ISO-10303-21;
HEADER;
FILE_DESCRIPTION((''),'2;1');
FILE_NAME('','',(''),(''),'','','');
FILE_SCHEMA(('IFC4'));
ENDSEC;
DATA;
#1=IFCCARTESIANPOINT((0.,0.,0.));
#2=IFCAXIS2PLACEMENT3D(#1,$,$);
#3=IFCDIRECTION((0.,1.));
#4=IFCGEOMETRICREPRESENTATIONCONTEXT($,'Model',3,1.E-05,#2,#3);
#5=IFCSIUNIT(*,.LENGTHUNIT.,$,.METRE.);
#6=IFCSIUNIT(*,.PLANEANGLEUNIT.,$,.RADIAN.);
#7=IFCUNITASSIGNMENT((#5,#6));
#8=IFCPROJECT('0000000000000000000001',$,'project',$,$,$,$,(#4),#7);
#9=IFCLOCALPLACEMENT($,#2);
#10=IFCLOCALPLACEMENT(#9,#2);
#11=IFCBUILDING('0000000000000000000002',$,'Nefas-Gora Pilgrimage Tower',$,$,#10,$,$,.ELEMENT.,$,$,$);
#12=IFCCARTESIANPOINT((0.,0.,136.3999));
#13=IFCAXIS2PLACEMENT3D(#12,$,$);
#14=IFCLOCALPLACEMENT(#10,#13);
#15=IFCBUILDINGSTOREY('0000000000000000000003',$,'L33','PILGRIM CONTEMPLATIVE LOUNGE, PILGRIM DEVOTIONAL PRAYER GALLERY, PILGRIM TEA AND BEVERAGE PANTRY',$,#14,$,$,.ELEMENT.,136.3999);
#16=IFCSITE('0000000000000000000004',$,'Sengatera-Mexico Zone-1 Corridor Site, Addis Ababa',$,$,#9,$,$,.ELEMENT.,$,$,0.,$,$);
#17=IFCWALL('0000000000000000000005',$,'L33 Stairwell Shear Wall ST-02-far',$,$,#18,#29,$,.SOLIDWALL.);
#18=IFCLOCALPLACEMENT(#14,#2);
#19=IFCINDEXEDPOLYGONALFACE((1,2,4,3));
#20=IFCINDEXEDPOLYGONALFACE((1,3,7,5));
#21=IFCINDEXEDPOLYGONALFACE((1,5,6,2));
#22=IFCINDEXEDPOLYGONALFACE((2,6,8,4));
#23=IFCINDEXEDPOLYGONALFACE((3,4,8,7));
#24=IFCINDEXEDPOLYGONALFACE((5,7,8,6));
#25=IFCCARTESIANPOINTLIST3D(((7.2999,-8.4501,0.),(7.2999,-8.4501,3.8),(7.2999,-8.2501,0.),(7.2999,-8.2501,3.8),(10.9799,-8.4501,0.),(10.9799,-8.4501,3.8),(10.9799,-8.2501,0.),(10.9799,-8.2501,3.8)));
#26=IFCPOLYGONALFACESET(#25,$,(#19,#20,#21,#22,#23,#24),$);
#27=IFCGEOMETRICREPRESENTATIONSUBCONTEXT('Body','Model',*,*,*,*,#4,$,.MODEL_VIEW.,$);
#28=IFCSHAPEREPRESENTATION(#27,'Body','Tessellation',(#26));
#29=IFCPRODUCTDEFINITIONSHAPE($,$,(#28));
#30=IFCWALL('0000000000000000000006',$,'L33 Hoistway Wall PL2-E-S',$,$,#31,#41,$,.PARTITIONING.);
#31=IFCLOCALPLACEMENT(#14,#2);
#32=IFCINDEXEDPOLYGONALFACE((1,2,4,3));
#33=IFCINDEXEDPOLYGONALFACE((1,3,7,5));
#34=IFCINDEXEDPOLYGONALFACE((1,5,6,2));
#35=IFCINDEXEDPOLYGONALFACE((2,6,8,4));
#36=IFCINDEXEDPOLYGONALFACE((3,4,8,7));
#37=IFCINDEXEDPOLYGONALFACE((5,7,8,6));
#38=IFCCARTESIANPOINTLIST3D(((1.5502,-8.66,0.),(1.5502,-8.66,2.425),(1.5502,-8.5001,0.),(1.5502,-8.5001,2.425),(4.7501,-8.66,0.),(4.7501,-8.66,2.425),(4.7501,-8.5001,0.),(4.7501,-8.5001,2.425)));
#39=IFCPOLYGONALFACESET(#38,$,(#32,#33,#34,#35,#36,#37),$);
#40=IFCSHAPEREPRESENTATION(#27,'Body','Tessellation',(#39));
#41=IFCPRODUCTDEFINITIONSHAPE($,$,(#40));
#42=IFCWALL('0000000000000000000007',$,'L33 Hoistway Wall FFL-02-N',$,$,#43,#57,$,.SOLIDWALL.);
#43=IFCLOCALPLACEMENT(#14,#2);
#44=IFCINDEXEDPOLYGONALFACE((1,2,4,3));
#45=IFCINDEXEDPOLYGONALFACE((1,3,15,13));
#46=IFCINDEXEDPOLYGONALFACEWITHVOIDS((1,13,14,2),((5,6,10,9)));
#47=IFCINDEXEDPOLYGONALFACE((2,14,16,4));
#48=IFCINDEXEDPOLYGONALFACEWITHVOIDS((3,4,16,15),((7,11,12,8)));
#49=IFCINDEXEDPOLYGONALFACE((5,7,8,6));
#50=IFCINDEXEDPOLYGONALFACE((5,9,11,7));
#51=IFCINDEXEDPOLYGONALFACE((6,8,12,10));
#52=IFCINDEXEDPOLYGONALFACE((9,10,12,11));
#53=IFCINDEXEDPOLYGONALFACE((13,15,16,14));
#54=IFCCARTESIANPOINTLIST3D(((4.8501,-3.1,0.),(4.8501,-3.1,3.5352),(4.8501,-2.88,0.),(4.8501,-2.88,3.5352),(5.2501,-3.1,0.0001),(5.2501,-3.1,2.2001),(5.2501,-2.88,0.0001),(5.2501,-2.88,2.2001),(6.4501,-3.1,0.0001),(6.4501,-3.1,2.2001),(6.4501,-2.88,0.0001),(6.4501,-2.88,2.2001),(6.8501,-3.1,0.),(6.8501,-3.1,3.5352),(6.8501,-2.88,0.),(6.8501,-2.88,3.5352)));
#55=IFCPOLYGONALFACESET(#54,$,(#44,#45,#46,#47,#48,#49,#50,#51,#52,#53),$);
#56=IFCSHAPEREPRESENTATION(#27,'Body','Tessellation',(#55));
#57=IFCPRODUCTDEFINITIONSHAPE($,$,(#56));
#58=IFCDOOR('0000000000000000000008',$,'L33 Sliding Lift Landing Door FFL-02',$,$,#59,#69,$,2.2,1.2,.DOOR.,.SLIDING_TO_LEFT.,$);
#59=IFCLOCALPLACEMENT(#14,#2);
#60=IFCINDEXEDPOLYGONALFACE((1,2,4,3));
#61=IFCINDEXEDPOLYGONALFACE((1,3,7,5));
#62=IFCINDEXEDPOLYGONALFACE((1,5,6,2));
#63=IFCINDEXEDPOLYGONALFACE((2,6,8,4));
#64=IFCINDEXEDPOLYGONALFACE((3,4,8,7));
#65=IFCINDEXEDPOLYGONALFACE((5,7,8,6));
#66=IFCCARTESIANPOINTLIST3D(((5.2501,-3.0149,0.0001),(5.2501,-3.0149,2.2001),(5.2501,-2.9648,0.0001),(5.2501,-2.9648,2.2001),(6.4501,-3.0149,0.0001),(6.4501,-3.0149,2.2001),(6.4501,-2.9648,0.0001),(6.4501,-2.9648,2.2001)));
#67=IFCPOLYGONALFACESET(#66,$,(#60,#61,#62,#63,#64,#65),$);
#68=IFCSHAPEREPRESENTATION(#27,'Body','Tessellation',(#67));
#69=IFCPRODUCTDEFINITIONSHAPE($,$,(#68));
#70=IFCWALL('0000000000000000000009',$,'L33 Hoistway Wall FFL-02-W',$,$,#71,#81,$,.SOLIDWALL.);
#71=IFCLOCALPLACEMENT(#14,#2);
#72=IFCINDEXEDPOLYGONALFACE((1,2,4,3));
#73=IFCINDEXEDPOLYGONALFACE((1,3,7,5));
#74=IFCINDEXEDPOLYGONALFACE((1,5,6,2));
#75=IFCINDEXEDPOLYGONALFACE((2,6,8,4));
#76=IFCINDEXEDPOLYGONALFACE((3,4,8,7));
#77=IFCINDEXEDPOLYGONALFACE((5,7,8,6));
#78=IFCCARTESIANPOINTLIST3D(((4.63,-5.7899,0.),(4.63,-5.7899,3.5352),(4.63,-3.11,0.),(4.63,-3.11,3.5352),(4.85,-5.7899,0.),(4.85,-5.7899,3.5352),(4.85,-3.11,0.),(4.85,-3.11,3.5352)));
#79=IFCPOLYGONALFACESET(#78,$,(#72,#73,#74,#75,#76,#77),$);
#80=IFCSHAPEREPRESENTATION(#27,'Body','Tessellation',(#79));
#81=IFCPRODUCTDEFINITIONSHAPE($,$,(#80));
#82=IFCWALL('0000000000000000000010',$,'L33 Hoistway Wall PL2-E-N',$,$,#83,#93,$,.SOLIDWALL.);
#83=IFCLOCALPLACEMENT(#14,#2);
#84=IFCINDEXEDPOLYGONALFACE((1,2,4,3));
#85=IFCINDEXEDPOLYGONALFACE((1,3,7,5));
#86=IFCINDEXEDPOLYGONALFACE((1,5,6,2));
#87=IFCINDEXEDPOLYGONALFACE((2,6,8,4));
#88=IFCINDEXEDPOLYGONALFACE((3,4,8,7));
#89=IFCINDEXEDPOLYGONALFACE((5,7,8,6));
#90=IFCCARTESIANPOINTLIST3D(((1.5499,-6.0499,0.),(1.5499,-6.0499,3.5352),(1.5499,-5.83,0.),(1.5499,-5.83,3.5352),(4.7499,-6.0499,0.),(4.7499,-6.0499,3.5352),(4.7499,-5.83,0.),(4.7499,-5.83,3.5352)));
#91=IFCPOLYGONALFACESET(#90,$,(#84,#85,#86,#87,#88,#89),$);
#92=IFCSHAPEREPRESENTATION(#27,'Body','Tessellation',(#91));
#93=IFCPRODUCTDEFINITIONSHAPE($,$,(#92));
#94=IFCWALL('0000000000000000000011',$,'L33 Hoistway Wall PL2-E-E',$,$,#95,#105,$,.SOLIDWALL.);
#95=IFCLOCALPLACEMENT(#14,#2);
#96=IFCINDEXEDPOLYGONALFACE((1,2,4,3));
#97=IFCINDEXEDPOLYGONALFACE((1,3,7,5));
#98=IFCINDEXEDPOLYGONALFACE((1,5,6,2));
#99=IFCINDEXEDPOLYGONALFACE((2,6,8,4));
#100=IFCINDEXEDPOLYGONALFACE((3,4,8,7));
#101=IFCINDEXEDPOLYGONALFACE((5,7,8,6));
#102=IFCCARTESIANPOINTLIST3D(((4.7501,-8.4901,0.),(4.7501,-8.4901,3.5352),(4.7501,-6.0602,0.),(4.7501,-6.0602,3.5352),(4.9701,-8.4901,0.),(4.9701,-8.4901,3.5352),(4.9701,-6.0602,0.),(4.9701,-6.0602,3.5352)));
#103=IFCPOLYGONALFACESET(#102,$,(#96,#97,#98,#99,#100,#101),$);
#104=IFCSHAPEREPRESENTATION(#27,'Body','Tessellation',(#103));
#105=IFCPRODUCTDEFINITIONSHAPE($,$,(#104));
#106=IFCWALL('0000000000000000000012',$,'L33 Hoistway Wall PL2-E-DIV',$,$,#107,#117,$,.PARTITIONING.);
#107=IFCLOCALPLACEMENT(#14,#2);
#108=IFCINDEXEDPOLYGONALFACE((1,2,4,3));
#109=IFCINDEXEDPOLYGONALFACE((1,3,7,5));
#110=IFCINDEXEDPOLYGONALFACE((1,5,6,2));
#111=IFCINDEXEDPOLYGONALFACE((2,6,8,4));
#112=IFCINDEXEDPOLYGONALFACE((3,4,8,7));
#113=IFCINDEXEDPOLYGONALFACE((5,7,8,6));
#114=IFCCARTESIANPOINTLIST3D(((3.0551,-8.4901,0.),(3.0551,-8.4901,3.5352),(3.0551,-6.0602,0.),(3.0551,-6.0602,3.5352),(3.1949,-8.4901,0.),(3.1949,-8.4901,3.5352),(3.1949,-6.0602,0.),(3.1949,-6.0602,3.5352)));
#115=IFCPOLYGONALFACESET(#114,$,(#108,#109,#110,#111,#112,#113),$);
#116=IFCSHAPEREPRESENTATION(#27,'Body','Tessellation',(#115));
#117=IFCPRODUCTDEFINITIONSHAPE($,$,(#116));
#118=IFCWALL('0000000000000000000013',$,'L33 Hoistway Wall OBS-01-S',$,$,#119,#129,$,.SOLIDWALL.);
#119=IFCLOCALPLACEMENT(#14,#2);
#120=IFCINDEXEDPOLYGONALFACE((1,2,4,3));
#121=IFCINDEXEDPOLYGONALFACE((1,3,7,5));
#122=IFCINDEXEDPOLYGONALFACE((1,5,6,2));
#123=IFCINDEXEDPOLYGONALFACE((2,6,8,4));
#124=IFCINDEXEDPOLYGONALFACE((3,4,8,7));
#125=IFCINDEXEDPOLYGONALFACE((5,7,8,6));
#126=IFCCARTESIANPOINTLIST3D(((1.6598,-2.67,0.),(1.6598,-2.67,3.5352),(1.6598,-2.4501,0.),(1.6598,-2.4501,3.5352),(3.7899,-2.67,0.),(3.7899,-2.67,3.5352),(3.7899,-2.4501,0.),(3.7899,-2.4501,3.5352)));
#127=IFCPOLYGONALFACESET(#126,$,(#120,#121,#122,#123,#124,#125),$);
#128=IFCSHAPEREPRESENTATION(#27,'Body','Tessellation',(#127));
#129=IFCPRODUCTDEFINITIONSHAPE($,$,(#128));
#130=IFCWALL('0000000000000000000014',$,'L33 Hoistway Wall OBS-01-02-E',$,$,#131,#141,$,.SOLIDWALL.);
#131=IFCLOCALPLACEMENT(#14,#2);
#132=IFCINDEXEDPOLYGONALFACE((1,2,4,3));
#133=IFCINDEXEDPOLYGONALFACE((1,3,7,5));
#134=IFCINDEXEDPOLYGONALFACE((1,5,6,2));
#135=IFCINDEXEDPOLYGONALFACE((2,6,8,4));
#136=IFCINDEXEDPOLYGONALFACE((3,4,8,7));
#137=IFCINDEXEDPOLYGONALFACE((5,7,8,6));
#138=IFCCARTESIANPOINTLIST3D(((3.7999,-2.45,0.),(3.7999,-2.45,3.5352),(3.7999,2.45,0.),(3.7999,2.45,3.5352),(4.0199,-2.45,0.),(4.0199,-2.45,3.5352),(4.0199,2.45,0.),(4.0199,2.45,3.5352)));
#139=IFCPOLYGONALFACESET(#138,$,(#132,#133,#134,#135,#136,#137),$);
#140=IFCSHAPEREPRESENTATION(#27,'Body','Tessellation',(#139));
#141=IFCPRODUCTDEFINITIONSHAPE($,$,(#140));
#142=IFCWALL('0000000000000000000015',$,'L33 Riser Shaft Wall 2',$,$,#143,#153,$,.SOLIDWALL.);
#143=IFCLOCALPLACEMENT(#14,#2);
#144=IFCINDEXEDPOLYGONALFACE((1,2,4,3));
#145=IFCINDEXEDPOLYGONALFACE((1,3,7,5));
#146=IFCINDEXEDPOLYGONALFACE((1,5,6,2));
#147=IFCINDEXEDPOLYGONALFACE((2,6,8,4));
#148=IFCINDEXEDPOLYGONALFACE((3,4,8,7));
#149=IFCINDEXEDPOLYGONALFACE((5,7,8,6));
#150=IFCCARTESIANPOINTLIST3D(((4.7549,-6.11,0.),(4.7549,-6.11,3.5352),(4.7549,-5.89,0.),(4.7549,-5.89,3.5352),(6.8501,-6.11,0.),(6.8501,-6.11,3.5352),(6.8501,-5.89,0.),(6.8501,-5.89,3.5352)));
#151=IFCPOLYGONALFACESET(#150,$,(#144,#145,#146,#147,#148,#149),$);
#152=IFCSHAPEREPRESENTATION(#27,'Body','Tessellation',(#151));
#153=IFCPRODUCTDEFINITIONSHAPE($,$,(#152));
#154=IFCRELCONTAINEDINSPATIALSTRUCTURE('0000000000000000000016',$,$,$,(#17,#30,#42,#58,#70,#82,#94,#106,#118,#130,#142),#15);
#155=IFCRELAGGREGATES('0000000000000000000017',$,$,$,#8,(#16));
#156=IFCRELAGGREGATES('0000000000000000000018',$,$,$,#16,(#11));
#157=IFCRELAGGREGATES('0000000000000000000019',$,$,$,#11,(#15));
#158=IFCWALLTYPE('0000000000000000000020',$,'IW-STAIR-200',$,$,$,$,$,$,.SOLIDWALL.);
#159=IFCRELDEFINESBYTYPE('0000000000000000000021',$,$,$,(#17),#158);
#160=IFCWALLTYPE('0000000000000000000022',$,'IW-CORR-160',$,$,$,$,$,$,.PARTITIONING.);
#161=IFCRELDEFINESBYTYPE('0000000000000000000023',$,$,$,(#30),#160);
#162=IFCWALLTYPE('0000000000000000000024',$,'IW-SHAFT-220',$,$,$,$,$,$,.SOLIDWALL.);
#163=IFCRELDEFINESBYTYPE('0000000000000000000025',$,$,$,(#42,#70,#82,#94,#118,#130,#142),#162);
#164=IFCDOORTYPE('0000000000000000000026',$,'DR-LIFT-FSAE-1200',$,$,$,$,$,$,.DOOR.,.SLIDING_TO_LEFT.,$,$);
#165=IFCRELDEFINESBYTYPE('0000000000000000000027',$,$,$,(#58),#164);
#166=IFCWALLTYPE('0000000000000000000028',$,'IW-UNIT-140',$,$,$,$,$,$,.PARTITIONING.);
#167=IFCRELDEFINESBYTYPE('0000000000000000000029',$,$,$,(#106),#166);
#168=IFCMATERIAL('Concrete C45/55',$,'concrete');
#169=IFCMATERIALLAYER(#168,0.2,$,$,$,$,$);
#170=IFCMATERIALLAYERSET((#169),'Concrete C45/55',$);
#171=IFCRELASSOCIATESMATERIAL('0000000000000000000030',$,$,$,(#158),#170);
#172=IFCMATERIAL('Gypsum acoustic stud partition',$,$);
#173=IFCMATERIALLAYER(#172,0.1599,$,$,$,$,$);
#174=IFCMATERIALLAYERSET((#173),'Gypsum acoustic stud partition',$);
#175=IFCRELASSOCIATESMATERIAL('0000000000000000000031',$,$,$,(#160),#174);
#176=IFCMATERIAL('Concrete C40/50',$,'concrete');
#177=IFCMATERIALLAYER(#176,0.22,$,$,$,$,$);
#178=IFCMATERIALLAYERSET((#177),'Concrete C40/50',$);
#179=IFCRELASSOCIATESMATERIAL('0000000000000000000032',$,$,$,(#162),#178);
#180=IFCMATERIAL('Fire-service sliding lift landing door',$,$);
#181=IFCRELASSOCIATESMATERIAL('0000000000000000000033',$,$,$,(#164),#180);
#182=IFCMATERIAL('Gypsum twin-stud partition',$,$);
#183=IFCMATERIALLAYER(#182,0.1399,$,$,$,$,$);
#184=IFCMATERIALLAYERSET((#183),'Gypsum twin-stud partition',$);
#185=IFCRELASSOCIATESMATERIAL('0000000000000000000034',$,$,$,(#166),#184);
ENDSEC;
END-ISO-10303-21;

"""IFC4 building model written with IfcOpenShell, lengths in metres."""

from ifc_helpers import new_model, si_unit, direction, frame, frame_2d, origin, place, context, subcontext, project, spatial, rectangle, extrude, source, transform, mapped, material, layer, layer_set, type_object, element, fill, save


model = new_model("IFC4")

# Units and contexts
model_context = context("Model", 3, precision=1e-05, world=origin(), true_north=direction((0.0, 1.0)))
body_context = subcontext(model_context, "Body", "Model", "MODEL_VIEW")
ifc_project = project(units=[si_unit("LENGTHUNIT", "METRE"), si_unit("PLANEANGLEUNIT", "RADIAN")], contexts=[model_context])

# Site, building, storey
site_placement = place(None, origin())
site = spatial("IfcSite", under=ifc_project, at=site_placement, Name="Sengatera-Mexico Zone-1 Corridor Site, Addis Ababa", CompositionType="ELEMENT", RefElevation=0.0)
building_placement = place(site_placement, origin())
building = spatial("IfcBuilding", under=site, at=building_placement, Name="Nefas-Gora Pilgrimage Tower", CompositionType="ELEMENT")
storey_placement = place(building_placement, frame((0.0, 0.0, 136.3999)))
storey = spatial("IfcBuildingStorey", under=building, at=storey_placement, Name="L33", Description="PILGRIM CONTEMPLATIVE LOUNGE, PILGRIM DEVOTIONAL PRAYER GALLERY, PILGRIM TEA AND BEVERAGE PANTRY", CompositionType="ELEMENT", Elevation=136.3999)

# Walls
ifc_material_1 = material(Name="Concrete C45/55", Category="concrete")
ifc_layer_1 = layer(ifc_material_1, 0.2)
ifc_layer_set_1 = layer_set([ifc_layer_1], Name="Concrete C45/55")
wall_type_1 = type_object("IfcWallType", Name="IW-STAIR-200", PredefinedType="SOLIDWALL", material=ifc_layer_set_1)
shared_shape_1 = source(origin(), body_context, "Body", "SweptSolid", [
    extrude(rectangle(XDim=3.6799, YDim=0.2, at=frame_2d((1.8398, 0.0))), origin(), (0.0, 0.0, 1.0), 3.8),
])
wall_1_placement = place(storey_placement, frame((7.3, -8.3501, 0.0), z_axis=(0.0, 0.0, 1.0), x_axis=(1.0, 0.0, 0.0)))
element("IfcWall", 1, at=wall_1_placement, inside=storey, type_object=wall_type_1, Name="L33 Stairwell Shear Wall ST-02-far", PredefinedType="SOLIDWALL", context=body_context, shape_type="MappedRepresentation", body=[
    mapped(shared_shape_1, transform((0.0, 0.0, 0.0), x_axis=(1.0, 0.0, 0.0), y_axis=(0.0, 1.0, 0.0), z_axis=(0.0, 0.0, 1.0), scale=1.0)),
])
ifc_material_2 = material(Name="Gypsum acoustic stud partition")
ifc_layer_2 = layer(ifc_material_2, 0.1599)
ifc_layer_set_2 = layer_set([ifc_layer_2], Name="Gypsum acoustic stud partition")
wall_type_2 = type_object("IfcWallType", Name="IW-CORR-160", PredefinedType="PARTITIONING", material=ifc_layer_set_2)
shared_shape_2 = source(origin(), body_context, "Body", "SweptSolid", [
    extrude(rectangle(XDim=3.2, YDim=0.1599, at=frame_2d((1.6001, 0.0))), origin(), (0.0, 0.0, 1.0), 2.425),
])
wall_2_placement = place(storey_placement, frame((1.55, -8.5801, 0.0), z_axis=(0.0, 0.0, 1.0), x_axis=(1.0, 0.0, 0.0)))
element("IfcWall", 2, at=wall_2_placement, inside=storey, type_object=wall_type_2, Name="L33 Hoistway Wall PL2-E-S", PredefinedType="PARTITIONING", context=body_context, shape_type="MappedRepresentation", body=[
    mapped(shared_shape_2, transform((0.0, 0.0, 0.0), x_axis=(1.0, 0.0, 0.0), y_axis=(0.0, 1.0, 0.0), z_axis=(0.0, 0.0, 1.0), scale=1.0)),
])

# Wall, opening, door
ifc_material_3 = material(Name="Concrete C40/50", Category="concrete")
ifc_layer_3 = layer(ifc_material_3, 0.22)
ifc_layer_set_3 = layer_set([ifc_layer_3], Name="Concrete C40/50")
wall_type_3 = type_object("IfcWallType", Name="IW-SHAFT-220", PredefinedType="SOLIDWALL", material=ifc_layer_set_3)
shared_shape_3 = source(origin(), body_context, "Body", "SweptSolid", [
    extrude(rectangle(XDim=2.0, YDim=0.22, at=frame_2d((1.0, 0.0))), origin(), (0.0, 0.0, 1.0), 3.5352),
])
wall_3_placement = place(storey_placement, frame((6.8501, -2.99, 0.0), z_axis=(0.0, 0.0, 1.0), x_axis=(-1.0, 0.0, 0.0)))
wall_3 = element("IfcWall", 3, at=wall_3_placement, inside=storey, type_object=wall_type_3, Name="L33 Hoistway Wall FFL-02-N", PredefinedType="SOLIDWALL", context=body_context, shape_type="MappedRepresentation", body=[
    mapped(shared_shape_3, transform((0.0, 0.0, 0.0), x_axis=(1.0, 0.0, 0.0), y_axis=(0.0, 1.0, 0.0), z_axis=(0.0, 0.0, 1.0), scale=1.0)),
])
opening_1_placement = place(wall_3_placement, frame((0.3999, 0.0, 0.0)))
opening_1 = element("IfcOpeningElement", 4, at=opening_1_placement, cuts=wall_3, PredefinedType="OPENING", context=body_context, shape_type="SweptSolid", body=[
    extrude(rectangle(XDim=1.2, YDim=2.2, at=frame_2d((0.6001, 1.1001))), frame((0.0, 0.1199, 0.0), z_axis=(0.0, -1.0, 0.0), x_axis=(1.0, 0.0, 0.0)), (0.0, 0.0, 1.0), 0.24),
])
ifc_material_4 = material(Name="Fire-service sliding lift landing door")
door_type_1 = type_object("IfcDoorType", Name="DR-LIFT-FSAE-1200", OperationType="SLIDING_TO_LEFT", PredefinedType="DOOR", material=ifc_material_4)
shared_shape_4 = source(origin(), body_context, "Body", "SweptSolid", [
    extrude(rectangle(XDim=1.2, YDim=2.2, at=frame_2d((0.6001, 1.1001))), frame((0.0, 0.0249, 0.0), z_axis=(0.0, -1.0, 0.0), x_axis=(1.0, 0.0, 0.0)), (0.0, 0.0, 1.0), 0.05),
])
door_1_placement = place(opening_1_placement, origin())
door_1 = element("IfcDoor", 5, at=door_1_placement, inside=storey, type_object=door_type_1, Name="L33 Sliding Lift Landing Door FFL-02", OperationType="SLIDING_TO_LEFT", OverallHeight=2.2, OverallWidth=1.2, PredefinedType="DOOR", context=body_context, shape_type="MappedRepresentation", body=[
    mapped(shared_shape_4, transform((0.0, 0.0, 0.0), x_axis=(1.0, 0.0, 0.0), y_axis=(0.0, 1.0, 0.0), z_axis=(0.0, 0.0, 1.0), scale=1.0)),
])
fill(opening_1, door_1)

# Walls
shared_shape_5 = source(origin(), body_context, "Body", "SweptSolid", [
    extrude(rectangle(XDim=2.6799, YDim=0.22, at=frame_2d((1.3398, 0.0))), origin(), (0.0, 0.0, 1.0), 3.5352),
])
wall_4_placement = place(storey_placement, frame((4.74, -3.1101, 0.0), z_axis=(0.0, 0.0, 1.0), x_axis=(0.0, -1.0, 0.0)))
element("IfcWall", 6, at=wall_4_placement, inside=storey, type_object=wall_type_3, Name="L33 Hoistway Wall FFL-02-W", PredefinedType="SOLIDWALL", context=body_context, shape_type="MappedRepresentation", body=[
    mapped(shared_shape_5, transform((0.0, 0.0, 0.0), x_axis=(1.0, 0.0, 0.0), y_axis=(0.0, 1.0, 0.0), z_axis=(0.0, 0.0, 1.0), scale=1.0)),
])
shared_shape_6 = source(origin(), body_context, "Body", "SweptSolid", [
    extrude(rectangle(XDim=3.2, YDim=0.22, at=frame_2d((1.6001, 0.0))), origin(), (0.0, 0.0, 1.0), 3.5352),
])
wall_5_placement = place(storey_placement, frame((4.75, -5.9399, 0.0), z_axis=(0.0, 0.0, 1.0), x_axis=(-1.0, 0.0, 0.0)))
element("IfcWall", 7, at=wall_5_placement, inside=storey, type_object=wall_type_3, Name="L33 Hoistway Wall PL2-E-N", PredefinedType="SOLIDWALL", context=body_context, shape_type="MappedRepresentation", body=[
    mapped(shared_shape_6, transform((0.0, 0.0, 0.0), x_axis=(1.0, 0.0, 0.0), y_axis=(0.0, 1.0, 0.0), z_axis=(0.0, 0.0, 1.0), scale=1.0)),
])
shared_shape_7 = source(origin(), body_context, "Body", "SweptSolid", [
    extrude(rectangle(XDim=2.4299, YDim=0.22, at=frame_2d((1.2148, 0.0))), origin(), (0.0, 0.0, 1.0), 3.5352),
])
wall_6_placement = place(storey_placement, frame((4.8601, -8.49, 0.0), z_axis=(0.0, 0.0, 1.0), x_axis=(0.0, 1.0, 0.0)))
element("IfcWall", 8, at=wall_6_placement, inside=storey, type_object=wall_type_3, Name="L33 Hoistway Wall PL2-E-E", PredefinedType="SOLIDWALL", context=body_context, shape_type="MappedRepresentation", body=[
    mapped(shared_shape_7, transform((0.0, 0.0, 0.0), x_axis=(1.0, 0.0, 0.0), y_axis=(0.0, 1.0, 0.0), z_axis=(0.0, 0.0, 1.0), scale=1.0)),
])
ifc_material_5 = material(Name="Gypsum twin-stud partition")
ifc_layer_4 = layer(ifc_material_5, 0.1399)
ifc_layer_set_4 = layer_set([ifc_layer_4], Name="Gypsum twin-stud partition")
wall_type_4 = type_object("IfcWallType", Name="IW-UNIT-140", PredefinedType="PARTITIONING", material=ifc_layer_set_4)
shared_shape_8 = source(origin(), body_context, "Body", "SweptSolid", [
    extrude(rectangle(XDim=2.4299, YDim=0.1399, at=frame_2d((1.2148, 0.0))), origin(), (0.0, 0.0, 1.0), 3.5352),
])
wall_7_placement = place(storey_placement, frame((3.125, -8.49, 0.0), z_axis=(0.0, 0.0, 1.0), x_axis=(0.0, 1.0, 0.0)))
element("IfcWall", 9, at=wall_7_placement, inside=storey, type_object=wall_type_4, Name="L33 Hoistway Wall PL2-E-DIV", PredefinedType="PARTITIONING", context=body_context, shape_type="MappedRepresentation", body=[
    mapped(shared_shape_8, transform((0.0, 0.0, 0.0), x_axis=(1.0, 0.0, 0.0), y_axis=(0.0, 1.0, 0.0), z_axis=(0.0, 0.0, 1.0), scale=1.0)),
])
shared_shape_9 = source(origin(), body_context, "Body", "SweptSolid", [
    extrude(rectangle(XDim=2.1301, YDim=0.22, at=frame_2d((1.0649, 0.0))), origin(), (0.0, 0.0, 1.0), 3.5352),
])
wall_8_placement = place(storey_placement, frame((1.6599, -2.5601, 0.0), z_axis=(0.0, 0.0, 1.0), x_axis=(1.0, 0.0, 0.0)))
element("IfcWall", 10, at=wall_8_placement, inside=storey, type_object=wall_type_3, Name="L33 Hoistway Wall OBS-01-S", PredefinedType="SOLIDWALL", context=body_context, shape_type="MappedRepresentation", body=[
    mapped(shared_shape_9, transform((0.0, 0.0, 0.0), x_axis=(1.0, 0.0, 0.0), y_axis=(0.0, 1.0, 0.0), z_axis=(0.0, 0.0, 1.0), scale=1.0)),
])
shared_shape_10 = source(origin(), body_context, "Body", "SweptSolid", [
    extrude(rectangle(XDim=4.8999, YDim=0.22, at=frame_2d((2.45, 0.0))), origin(), (0.0, 0.0, 1.0), 3.5352),
])
wall_9_placement = place(storey_placement, frame((3.9099, -2.45, 0.0), z_axis=(0.0, 0.0, 1.0), x_axis=(0.0, 1.0, 0.0)))
element("IfcWall", 11, at=wall_9_placement, inside=storey, type_object=wall_type_3, Name="L33 Hoistway Wall OBS-01-02-E", PredefinedType="SOLIDWALL", context=body_context, shape_type="MappedRepresentation", body=[
    mapped(shared_shape_10, transform((0.0, 0.0, 0.0), x_axis=(1.0, 0.0, 0.0), y_axis=(0.0, 1.0, 0.0), z_axis=(0.0, 0.0, 1.0), scale=1.0)),
])
shared_shape_11 = source(origin(), body_context, "Body", "SweptSolid", [
    extrude(rectangle(XDim=2.0952, YDim=0.22, at=frame_2d((1.0476, 0.0))), origin(), (0.0, 0.0, 1.0), 3.5352),
])
wall_10_placement = place(storey_placement, frame((4.7549, -6.0, 0.0), z_axis=(0.0, 0.0, 1.0), x_axis=(1.0, 0.0, 0.0)))
element("IfcWall", 12, at=wall_10_placement, inside=storey, type_object=wall_type_3, Name="L33 Riser Shaft Wall 2", PredefinedType="SOLIDWALL", context=body_context, shape_type="MappedRepresentation", body=[
    mapped(shared_shape_11, transform((0.0, 0.0, 0.0), x_axis=(1.0, 0.0, 0.0), y_axis=(0.0, 1.0, 0.0), z_axis=(0.0, 0.0, 1.0), scale=1.0)),
])

save(model, "model.ifc")
